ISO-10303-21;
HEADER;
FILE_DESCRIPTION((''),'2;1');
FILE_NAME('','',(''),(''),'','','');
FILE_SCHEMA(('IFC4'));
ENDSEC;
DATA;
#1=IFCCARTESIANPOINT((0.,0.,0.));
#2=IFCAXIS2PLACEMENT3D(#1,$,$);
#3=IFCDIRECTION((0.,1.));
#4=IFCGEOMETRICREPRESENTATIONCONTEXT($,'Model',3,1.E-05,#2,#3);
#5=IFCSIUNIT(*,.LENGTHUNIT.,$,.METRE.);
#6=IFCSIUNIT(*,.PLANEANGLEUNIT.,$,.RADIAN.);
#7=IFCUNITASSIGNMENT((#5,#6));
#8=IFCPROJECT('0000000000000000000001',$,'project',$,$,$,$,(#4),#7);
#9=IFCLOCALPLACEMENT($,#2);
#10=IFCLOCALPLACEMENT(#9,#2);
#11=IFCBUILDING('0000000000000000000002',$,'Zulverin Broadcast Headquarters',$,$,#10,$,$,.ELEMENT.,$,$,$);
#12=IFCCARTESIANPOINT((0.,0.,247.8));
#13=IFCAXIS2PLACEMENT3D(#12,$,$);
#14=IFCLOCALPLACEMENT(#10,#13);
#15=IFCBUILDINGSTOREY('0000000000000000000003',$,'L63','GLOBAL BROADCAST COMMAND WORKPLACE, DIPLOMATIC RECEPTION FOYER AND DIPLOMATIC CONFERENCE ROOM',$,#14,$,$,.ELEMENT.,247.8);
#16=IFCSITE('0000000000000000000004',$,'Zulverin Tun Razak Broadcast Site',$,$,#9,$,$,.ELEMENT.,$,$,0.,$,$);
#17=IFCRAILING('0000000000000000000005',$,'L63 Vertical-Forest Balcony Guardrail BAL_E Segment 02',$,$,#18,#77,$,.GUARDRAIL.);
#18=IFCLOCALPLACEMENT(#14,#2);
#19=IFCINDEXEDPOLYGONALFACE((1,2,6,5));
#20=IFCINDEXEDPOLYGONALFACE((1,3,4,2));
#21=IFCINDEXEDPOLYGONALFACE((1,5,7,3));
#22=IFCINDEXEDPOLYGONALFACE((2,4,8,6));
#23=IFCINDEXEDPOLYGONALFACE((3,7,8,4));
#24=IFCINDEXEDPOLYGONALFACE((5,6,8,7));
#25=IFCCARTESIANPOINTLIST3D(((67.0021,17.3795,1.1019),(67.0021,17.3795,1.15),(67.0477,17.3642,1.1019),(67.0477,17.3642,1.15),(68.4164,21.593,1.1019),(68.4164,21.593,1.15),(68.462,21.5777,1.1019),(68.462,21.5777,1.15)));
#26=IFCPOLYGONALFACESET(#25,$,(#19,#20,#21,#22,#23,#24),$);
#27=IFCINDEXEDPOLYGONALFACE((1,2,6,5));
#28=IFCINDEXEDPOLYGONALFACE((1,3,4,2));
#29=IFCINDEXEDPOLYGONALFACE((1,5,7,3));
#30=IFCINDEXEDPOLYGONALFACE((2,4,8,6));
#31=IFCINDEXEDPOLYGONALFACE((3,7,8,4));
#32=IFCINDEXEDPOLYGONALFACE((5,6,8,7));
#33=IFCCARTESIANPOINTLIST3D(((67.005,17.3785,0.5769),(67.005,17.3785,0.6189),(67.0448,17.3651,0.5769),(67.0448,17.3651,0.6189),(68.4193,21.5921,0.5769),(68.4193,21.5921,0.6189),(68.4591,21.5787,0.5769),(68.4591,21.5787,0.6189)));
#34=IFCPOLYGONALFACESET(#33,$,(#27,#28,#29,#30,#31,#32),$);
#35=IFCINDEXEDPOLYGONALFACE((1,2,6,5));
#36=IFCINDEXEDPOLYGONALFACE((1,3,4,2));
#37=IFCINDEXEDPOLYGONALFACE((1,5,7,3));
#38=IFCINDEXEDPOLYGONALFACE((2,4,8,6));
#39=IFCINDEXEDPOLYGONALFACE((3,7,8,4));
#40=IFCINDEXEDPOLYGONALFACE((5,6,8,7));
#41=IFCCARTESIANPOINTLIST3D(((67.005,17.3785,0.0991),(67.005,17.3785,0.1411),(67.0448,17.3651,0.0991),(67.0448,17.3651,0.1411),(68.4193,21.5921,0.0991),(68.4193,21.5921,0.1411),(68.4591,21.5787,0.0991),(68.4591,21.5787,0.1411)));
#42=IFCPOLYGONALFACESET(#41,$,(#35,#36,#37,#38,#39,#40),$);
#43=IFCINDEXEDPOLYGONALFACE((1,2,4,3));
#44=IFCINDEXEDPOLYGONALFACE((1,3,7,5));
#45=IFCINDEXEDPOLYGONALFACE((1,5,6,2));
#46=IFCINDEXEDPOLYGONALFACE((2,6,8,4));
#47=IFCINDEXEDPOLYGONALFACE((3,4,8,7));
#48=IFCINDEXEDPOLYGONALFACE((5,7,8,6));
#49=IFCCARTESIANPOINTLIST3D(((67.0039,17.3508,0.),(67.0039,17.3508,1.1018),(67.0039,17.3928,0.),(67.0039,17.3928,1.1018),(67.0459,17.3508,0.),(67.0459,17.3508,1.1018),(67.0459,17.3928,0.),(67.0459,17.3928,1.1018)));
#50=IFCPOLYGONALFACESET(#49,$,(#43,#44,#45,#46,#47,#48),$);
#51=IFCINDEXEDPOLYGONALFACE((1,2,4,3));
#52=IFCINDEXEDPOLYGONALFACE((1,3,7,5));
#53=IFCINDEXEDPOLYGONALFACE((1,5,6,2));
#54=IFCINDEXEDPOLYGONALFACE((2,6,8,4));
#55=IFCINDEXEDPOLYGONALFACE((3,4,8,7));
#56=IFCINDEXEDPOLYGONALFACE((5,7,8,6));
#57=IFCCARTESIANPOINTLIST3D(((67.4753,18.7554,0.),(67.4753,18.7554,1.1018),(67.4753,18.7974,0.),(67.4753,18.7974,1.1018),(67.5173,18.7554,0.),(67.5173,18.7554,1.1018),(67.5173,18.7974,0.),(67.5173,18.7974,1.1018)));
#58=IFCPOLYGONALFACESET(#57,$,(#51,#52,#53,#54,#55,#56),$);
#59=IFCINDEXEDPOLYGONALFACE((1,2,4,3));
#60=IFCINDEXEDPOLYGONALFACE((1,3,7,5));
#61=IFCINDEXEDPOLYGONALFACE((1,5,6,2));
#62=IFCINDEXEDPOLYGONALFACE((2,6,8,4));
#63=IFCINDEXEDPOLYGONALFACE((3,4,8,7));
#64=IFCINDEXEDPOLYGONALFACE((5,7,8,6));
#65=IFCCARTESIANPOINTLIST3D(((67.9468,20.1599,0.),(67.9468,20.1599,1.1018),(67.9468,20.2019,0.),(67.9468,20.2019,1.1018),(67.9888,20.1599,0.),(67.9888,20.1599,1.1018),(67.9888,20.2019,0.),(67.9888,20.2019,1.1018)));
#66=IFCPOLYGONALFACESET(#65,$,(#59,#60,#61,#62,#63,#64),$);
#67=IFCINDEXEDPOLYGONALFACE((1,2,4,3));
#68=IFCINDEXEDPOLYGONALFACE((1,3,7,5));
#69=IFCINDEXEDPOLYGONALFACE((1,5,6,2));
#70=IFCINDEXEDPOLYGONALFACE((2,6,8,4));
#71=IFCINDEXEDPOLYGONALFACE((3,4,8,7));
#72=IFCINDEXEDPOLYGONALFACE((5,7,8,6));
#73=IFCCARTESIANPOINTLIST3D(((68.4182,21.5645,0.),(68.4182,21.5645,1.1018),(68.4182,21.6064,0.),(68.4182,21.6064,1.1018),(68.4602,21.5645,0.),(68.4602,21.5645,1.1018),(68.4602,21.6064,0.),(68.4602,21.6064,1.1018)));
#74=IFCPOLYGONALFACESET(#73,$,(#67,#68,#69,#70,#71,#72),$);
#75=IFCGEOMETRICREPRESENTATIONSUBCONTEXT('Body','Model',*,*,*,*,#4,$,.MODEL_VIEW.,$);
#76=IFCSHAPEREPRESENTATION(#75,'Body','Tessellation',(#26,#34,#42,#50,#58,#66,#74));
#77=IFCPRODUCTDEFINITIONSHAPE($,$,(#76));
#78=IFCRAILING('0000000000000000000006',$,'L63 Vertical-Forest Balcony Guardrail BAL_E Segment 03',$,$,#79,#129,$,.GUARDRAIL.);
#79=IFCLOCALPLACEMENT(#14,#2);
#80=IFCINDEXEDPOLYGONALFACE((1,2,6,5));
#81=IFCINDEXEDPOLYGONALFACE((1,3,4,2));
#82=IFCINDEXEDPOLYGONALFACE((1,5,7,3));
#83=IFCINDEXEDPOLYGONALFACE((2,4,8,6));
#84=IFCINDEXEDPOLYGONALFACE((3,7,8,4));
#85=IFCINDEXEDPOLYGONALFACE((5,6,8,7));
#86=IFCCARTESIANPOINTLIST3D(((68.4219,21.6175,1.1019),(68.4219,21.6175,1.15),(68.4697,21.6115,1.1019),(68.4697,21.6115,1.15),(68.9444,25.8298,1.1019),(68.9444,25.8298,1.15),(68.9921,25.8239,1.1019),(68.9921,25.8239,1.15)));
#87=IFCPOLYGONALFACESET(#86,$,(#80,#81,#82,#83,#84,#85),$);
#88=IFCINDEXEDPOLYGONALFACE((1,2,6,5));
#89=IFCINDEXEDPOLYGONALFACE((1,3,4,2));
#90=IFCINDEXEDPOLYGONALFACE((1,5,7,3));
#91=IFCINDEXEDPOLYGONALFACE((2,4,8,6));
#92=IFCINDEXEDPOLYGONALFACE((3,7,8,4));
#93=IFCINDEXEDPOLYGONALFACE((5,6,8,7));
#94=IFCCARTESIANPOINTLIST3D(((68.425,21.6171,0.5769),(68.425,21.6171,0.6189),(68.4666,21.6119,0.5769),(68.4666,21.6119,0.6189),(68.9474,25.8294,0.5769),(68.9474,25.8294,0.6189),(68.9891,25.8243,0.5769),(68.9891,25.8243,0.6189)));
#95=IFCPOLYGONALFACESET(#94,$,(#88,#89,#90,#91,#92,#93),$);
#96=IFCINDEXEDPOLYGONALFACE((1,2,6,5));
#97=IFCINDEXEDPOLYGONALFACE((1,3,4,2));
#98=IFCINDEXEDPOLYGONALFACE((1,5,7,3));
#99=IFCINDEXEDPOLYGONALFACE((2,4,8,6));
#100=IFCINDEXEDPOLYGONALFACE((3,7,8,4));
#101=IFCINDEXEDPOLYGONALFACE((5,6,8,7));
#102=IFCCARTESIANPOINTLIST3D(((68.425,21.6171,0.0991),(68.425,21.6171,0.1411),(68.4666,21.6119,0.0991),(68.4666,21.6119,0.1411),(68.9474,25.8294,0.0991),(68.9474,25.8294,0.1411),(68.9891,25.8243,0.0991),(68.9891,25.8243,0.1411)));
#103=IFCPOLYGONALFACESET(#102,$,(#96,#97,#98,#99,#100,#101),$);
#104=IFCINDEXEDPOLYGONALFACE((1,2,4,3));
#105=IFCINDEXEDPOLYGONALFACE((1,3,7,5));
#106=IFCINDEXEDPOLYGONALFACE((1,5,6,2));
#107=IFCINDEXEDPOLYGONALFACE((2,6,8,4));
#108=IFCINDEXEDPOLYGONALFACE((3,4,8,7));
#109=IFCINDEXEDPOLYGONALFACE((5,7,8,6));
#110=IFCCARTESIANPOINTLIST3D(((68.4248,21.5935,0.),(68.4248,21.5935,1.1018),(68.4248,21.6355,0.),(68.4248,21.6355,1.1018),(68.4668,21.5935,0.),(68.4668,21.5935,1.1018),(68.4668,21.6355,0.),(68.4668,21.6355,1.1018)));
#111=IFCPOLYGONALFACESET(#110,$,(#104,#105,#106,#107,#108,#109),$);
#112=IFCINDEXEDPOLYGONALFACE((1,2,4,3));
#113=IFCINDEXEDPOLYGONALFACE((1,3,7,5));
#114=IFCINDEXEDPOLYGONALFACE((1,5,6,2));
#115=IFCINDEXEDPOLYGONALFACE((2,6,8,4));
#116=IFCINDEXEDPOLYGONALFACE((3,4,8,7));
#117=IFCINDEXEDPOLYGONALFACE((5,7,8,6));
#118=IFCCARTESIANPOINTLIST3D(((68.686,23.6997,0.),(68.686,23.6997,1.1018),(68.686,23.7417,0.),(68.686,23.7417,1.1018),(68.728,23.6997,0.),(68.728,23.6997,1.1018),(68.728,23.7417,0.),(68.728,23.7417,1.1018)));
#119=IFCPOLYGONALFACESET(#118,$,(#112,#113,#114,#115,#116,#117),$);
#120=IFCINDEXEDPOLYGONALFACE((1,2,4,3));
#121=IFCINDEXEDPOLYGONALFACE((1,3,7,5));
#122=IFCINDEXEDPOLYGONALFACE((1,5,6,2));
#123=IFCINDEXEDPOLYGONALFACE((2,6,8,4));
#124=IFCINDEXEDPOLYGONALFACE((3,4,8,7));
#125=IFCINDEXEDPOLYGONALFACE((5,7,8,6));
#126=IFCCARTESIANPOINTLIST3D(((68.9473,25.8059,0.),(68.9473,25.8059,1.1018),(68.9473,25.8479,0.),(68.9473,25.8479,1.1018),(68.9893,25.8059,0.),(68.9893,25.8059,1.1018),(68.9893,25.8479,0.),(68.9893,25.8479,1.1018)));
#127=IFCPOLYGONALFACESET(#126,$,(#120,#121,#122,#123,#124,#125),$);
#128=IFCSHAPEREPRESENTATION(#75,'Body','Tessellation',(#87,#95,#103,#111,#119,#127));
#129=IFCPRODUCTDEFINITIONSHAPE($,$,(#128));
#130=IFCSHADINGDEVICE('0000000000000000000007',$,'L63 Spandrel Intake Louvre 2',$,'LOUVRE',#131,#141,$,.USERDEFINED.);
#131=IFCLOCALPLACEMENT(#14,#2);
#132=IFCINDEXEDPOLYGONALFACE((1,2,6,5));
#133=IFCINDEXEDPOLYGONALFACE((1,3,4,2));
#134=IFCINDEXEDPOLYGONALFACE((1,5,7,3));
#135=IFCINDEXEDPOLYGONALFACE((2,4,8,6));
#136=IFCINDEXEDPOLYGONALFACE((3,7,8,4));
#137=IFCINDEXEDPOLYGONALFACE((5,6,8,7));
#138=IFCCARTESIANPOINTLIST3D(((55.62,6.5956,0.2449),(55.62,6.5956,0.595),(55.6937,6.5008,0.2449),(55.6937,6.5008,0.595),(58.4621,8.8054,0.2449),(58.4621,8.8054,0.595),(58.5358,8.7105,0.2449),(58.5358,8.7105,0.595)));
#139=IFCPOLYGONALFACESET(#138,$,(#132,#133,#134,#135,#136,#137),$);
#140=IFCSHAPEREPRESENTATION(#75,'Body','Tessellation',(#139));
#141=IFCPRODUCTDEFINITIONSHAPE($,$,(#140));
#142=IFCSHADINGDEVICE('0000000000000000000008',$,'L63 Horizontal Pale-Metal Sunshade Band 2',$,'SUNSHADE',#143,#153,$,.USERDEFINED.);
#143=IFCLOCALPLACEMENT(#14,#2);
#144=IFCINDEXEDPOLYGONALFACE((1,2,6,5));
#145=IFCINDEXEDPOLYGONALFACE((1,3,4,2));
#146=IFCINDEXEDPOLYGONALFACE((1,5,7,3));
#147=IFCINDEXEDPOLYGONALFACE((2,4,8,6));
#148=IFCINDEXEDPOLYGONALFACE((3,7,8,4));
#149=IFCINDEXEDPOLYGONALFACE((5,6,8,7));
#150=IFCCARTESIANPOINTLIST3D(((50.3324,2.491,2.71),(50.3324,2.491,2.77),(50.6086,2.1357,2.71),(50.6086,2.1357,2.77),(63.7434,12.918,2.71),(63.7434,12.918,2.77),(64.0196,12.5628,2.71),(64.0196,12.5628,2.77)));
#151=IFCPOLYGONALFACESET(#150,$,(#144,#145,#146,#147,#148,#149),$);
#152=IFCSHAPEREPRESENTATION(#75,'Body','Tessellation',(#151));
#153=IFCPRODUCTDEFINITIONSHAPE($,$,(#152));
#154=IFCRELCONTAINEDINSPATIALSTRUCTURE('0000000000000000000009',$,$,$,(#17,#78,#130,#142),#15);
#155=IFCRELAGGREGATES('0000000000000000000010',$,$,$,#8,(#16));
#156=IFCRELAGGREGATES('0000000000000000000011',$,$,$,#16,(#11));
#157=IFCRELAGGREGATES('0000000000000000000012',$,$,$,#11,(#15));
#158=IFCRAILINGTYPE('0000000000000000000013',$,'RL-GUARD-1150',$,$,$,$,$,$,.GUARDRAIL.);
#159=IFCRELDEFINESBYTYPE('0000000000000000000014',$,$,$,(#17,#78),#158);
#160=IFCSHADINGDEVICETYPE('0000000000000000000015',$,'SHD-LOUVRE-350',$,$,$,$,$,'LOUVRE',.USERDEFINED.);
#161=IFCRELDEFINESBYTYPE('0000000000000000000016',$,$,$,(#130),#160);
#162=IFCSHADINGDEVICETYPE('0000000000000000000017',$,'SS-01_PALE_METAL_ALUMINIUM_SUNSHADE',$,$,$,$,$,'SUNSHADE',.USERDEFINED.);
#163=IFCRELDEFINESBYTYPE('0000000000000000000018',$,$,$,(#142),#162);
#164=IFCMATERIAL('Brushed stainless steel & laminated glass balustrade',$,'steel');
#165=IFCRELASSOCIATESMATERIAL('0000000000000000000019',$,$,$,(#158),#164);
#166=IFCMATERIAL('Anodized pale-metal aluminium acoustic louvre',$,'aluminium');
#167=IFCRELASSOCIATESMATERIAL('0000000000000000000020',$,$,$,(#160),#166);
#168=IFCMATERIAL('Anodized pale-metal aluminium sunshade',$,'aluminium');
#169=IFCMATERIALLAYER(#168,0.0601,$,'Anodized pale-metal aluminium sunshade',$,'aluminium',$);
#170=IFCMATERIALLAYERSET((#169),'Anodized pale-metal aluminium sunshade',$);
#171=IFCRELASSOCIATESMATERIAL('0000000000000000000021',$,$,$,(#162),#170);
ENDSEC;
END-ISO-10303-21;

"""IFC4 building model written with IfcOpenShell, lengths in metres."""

from ifc_helpers import new_model, si_unit, direction, frame, origin, origin_2d, place, context, subcontext, project, spatial, rectangle, extrude, material, layer, layer_set, type_object, element, save


model = new_model("IFC4")

# Units and contexts
model_context = context("Model", 3, precision=1e-05, world=origin(), true_north=direction((0.0, 1.0)))
body_context = subcontext(model_context, "Body", "Model", "MODEL_VIEW")
ifc_project = project(units=[si_unit("LENGTHUNIT", "METRE"), si_unit("PLANEANGLEUNIT", "RADIAN")], contexts=[model_context])

# Site, building, storey
site_placement = place(None, origin())
site = spatial("IfcSite", under=ifc_project, at=site_placement, Name="Zulverin Tun Razak Broadcast Site", CompositionType="ELEMENT", RefElevation=0.0)
building_placement = place(site_placement, origin())
building = spatial("IfcBuilding", under=site, at=building_placement, Name="Zulverin Broadcast Headquarters", CompositionType="ELEMENT")
storey_placement = place(building_placement, frame((0.0, 0.0, 247.8)))
storey = spatial("IfcBuildingStorey", under=building, at=storey_placement, Name="L63", Description="GLOBAL BROADCAST COMMAND WORKPLACE, DIPLOMATIC RECEPTION FOYER AND DIPLOMATIC CONFERENCE ROOM", CompositionType="ELEMENT", Elevation=247.8)

# Railings
ifc_material_1 = material(Name="Brushed stainless steel & laminated glass balustrade", Category="steel")
railing_type = type_object("IfcRailingType", Name="RL-GUARD-1150", PredefinedType="GUARDRAIL", material=ifc_material_1)
railing_1_placement = place(storey_placement, frame((67.0249, 17.3718, 0.0)))
element("IfcRailing", 1, at=railing_1_placement, inside=storey, type_object=railing_type, Name="L63 Vertical-Forest Balcony Guardrail BAL_E Segment 02", PredefinedType="GUARDRAIL", context=body_context, shape_type="SweptSolid", body=[
    extrude(rectangle(XDim=0.0481, YDim=0.0481, at=origin_2d()), frame((0.0, 0.0, 1.126), z_axis=(0.318205, 0.948022, 0.0), x_axis=(-0.948022, 0.318205, 0.0)), (0.0, 0.0, 1.0), 4.4446),
    extrude(rectangle(XDim=0.042, YDim=0.042, at=origin_2d()), frame((0.0, 0.0, 0.5979), z_axis=(0.318205, 0.948022, 0.0), x_axis=(-0.948022, 0.318205, 0.0)), (0.0, 0.0, 1.0), 4.4446),
    extrude(rectangle(XDim=0.042, YDim=0.042, at=origin_2d()), frame((0.0, 0.0, 0.1201), z_axis=(0.318205, 0.948022, 0.0), x_axis=(-0.948022, 0.318205, 0.0)), (0.0, 0.0, 1.0), 4.4446),
    extrude(rectangle(XDim=0.042, YDim=0.042, at=origin_2d()), origin(), (0.0, 0.0, 1.0), 1.1018),
    extrude(rectangle(XDim=0.042, YDim=0.042, at=origin_2d()), frame((0.4714, 1.4045, 0.0)), (0.0, 0.0, 1.0), 1.1018),
    extrude(rectangle(XDim=0.042, YDim=0.042, at=origin_2d()), frame((0.9429, 2.8091, 0.0)), (0.0, 0.0, 1.0), 1.1018),
    extrude(rectangle(XDim=0.042, YDim=0.042, at=origin_2d()), frame((1.4143, 4.2136, 0.0)), (0.0, 0.0, 1.0), 1.1018),
])
railing_2_placement = place(storey_placement, frame((68.4458, 21.6145, 0.0)))
element("IfcRailing", 2, at=railing_2_placement, inside=storey, type_object=railing_type, Name="L63 Vertical-Forest Balcony Guardrail BAL_E Segment 03", PredefinedType="GUARDRAIL", context=body_context, shape_type="SweptSolid", body=[
    extrude(rectangle(XDim=0.0481, YDim=0.0481, at=origin_2d()), frame((0.0, 0.0, 1.126), z_axis=(0.123086, 0.992396, 0.0), x_axis=(-0.992396, 0.123086, 0.0)), (0.0, 0.0, 1.0), 4.2446),
    extrude(rectangle(XDim=0.042, YDim=0.042, at=origin_2d()), frame((0.0, 0.0, 0.5979), z_axis=(0.123086, 0.992396, 0.0), x_axis=(-0.992396, 0.123086, 0.0)), (0.0, 0.0, 1.0), 4.2446),
    extrude(rectangle(XDim=0.042, YDim=0.042, at=origin_2d()), frame((0.0, 0.0, 0.1201), z_axis=(0.123086, 0.992396, 0.0), x_axis=(-0.992396, 0.123086, 0.0)), (0.0, 0.0, 1.0), 4.2446),
    extrude(rectangle(XDim=0.042, YDim=0.042, at=origin_2d()), origin(), (0.0, 0.0, 1.0), 1.1018),
    extrude(rectangle(XDim=0.042, YDim=0.042, at=origin_2d()), frame((0.2612, 2.1062, 0.0)), (0.0, 0.0, 1.0), 1.1018),
    extrude(rectangle(XDim=0.042, YDim=0.042, at=origin_2d()), frame((0.5225, 4.2124, 0.0)), (0.0, 0.0, 1.0), 1.1018),
])

# Shading devices
ifc_material_2 = material(Name="Anodized pale-metal aluminium acoustic louvre", Category="aluminium")
shading_device_type_1 = type_object("IfcShadingDeviceType", Name="SHD-LOUVRE-350", ElementType="LOUVRE", PredefinedType="USERDEFINED", material=ifc_material_2)
shading_device_1_placement = place(storey_placement, frame((57.0779, 7.6531, 0.2449), z_axis=(0.0, 0.0, 1.0), x_axis=(0.789459, 0.613803, 0.0)))
element("IfcShadingDevice", 3, at=shading_device_1_placement, inside=storey, type_object=shading_device_type_1, Name="L63 Spandrel Intake Louvre 2", ObjectType="LOUVRE", PredefinedType="USERDEFINED", context=body_context, shape_type="SweptSolid", body=[
    extrude(rectangle(XDim=3.6001, YDim=0.1201, at=origin_2d()), origin(), (0.0, 0.0, 1.0), 0.3501),
])
ifc_material_3 = material(Name="Anodized pale-metal aluminium sunshade", Category="aluminium")
ifc_layer_1 = layer(ifc_material_3, 0.0601, Name="Anodized pale-metal aluminium sunshade", Category="aluminium")
ifc_layer_set_1 = layer_set([ifc_layer_1], Name="Anodized pale-metal aluminium sunshade")
shading_device_type_2 = type_object("IfcShadingDeviceType", Name="SS-01_PALE_METAL_ALUMINIUM_SUNSHADE", ElementType="SUNSHADE", PredefinedType="USERDEFINED", material=ifc_layer_set_1)
shading_device_2_placement = place(storey_placement, frame((57.176, 7.5269, 2.71), z_axis=(0.0, 0.0, 1.0), x_axis=(0.789459, 0.613803, 0.0)))
element("IfcShadingDevice", 4, at=shading_device_2_placement, inside=storey, type_object=shading_device_type_2, Name="L63 Horizontal Pale-Metal Sunshade Band 2", ObjectType="SUNSHADE", PredefinedType="USERDEFINED", context=body_context, shape_type="SweptSolid", body=[
    extrude(rectangle(XDim=16.9875, YDim=0.45, at=origin_2d()), origin(), (0.0, 0.0, 1.0), 0.0601),
])

save(model, "model.ifc")
